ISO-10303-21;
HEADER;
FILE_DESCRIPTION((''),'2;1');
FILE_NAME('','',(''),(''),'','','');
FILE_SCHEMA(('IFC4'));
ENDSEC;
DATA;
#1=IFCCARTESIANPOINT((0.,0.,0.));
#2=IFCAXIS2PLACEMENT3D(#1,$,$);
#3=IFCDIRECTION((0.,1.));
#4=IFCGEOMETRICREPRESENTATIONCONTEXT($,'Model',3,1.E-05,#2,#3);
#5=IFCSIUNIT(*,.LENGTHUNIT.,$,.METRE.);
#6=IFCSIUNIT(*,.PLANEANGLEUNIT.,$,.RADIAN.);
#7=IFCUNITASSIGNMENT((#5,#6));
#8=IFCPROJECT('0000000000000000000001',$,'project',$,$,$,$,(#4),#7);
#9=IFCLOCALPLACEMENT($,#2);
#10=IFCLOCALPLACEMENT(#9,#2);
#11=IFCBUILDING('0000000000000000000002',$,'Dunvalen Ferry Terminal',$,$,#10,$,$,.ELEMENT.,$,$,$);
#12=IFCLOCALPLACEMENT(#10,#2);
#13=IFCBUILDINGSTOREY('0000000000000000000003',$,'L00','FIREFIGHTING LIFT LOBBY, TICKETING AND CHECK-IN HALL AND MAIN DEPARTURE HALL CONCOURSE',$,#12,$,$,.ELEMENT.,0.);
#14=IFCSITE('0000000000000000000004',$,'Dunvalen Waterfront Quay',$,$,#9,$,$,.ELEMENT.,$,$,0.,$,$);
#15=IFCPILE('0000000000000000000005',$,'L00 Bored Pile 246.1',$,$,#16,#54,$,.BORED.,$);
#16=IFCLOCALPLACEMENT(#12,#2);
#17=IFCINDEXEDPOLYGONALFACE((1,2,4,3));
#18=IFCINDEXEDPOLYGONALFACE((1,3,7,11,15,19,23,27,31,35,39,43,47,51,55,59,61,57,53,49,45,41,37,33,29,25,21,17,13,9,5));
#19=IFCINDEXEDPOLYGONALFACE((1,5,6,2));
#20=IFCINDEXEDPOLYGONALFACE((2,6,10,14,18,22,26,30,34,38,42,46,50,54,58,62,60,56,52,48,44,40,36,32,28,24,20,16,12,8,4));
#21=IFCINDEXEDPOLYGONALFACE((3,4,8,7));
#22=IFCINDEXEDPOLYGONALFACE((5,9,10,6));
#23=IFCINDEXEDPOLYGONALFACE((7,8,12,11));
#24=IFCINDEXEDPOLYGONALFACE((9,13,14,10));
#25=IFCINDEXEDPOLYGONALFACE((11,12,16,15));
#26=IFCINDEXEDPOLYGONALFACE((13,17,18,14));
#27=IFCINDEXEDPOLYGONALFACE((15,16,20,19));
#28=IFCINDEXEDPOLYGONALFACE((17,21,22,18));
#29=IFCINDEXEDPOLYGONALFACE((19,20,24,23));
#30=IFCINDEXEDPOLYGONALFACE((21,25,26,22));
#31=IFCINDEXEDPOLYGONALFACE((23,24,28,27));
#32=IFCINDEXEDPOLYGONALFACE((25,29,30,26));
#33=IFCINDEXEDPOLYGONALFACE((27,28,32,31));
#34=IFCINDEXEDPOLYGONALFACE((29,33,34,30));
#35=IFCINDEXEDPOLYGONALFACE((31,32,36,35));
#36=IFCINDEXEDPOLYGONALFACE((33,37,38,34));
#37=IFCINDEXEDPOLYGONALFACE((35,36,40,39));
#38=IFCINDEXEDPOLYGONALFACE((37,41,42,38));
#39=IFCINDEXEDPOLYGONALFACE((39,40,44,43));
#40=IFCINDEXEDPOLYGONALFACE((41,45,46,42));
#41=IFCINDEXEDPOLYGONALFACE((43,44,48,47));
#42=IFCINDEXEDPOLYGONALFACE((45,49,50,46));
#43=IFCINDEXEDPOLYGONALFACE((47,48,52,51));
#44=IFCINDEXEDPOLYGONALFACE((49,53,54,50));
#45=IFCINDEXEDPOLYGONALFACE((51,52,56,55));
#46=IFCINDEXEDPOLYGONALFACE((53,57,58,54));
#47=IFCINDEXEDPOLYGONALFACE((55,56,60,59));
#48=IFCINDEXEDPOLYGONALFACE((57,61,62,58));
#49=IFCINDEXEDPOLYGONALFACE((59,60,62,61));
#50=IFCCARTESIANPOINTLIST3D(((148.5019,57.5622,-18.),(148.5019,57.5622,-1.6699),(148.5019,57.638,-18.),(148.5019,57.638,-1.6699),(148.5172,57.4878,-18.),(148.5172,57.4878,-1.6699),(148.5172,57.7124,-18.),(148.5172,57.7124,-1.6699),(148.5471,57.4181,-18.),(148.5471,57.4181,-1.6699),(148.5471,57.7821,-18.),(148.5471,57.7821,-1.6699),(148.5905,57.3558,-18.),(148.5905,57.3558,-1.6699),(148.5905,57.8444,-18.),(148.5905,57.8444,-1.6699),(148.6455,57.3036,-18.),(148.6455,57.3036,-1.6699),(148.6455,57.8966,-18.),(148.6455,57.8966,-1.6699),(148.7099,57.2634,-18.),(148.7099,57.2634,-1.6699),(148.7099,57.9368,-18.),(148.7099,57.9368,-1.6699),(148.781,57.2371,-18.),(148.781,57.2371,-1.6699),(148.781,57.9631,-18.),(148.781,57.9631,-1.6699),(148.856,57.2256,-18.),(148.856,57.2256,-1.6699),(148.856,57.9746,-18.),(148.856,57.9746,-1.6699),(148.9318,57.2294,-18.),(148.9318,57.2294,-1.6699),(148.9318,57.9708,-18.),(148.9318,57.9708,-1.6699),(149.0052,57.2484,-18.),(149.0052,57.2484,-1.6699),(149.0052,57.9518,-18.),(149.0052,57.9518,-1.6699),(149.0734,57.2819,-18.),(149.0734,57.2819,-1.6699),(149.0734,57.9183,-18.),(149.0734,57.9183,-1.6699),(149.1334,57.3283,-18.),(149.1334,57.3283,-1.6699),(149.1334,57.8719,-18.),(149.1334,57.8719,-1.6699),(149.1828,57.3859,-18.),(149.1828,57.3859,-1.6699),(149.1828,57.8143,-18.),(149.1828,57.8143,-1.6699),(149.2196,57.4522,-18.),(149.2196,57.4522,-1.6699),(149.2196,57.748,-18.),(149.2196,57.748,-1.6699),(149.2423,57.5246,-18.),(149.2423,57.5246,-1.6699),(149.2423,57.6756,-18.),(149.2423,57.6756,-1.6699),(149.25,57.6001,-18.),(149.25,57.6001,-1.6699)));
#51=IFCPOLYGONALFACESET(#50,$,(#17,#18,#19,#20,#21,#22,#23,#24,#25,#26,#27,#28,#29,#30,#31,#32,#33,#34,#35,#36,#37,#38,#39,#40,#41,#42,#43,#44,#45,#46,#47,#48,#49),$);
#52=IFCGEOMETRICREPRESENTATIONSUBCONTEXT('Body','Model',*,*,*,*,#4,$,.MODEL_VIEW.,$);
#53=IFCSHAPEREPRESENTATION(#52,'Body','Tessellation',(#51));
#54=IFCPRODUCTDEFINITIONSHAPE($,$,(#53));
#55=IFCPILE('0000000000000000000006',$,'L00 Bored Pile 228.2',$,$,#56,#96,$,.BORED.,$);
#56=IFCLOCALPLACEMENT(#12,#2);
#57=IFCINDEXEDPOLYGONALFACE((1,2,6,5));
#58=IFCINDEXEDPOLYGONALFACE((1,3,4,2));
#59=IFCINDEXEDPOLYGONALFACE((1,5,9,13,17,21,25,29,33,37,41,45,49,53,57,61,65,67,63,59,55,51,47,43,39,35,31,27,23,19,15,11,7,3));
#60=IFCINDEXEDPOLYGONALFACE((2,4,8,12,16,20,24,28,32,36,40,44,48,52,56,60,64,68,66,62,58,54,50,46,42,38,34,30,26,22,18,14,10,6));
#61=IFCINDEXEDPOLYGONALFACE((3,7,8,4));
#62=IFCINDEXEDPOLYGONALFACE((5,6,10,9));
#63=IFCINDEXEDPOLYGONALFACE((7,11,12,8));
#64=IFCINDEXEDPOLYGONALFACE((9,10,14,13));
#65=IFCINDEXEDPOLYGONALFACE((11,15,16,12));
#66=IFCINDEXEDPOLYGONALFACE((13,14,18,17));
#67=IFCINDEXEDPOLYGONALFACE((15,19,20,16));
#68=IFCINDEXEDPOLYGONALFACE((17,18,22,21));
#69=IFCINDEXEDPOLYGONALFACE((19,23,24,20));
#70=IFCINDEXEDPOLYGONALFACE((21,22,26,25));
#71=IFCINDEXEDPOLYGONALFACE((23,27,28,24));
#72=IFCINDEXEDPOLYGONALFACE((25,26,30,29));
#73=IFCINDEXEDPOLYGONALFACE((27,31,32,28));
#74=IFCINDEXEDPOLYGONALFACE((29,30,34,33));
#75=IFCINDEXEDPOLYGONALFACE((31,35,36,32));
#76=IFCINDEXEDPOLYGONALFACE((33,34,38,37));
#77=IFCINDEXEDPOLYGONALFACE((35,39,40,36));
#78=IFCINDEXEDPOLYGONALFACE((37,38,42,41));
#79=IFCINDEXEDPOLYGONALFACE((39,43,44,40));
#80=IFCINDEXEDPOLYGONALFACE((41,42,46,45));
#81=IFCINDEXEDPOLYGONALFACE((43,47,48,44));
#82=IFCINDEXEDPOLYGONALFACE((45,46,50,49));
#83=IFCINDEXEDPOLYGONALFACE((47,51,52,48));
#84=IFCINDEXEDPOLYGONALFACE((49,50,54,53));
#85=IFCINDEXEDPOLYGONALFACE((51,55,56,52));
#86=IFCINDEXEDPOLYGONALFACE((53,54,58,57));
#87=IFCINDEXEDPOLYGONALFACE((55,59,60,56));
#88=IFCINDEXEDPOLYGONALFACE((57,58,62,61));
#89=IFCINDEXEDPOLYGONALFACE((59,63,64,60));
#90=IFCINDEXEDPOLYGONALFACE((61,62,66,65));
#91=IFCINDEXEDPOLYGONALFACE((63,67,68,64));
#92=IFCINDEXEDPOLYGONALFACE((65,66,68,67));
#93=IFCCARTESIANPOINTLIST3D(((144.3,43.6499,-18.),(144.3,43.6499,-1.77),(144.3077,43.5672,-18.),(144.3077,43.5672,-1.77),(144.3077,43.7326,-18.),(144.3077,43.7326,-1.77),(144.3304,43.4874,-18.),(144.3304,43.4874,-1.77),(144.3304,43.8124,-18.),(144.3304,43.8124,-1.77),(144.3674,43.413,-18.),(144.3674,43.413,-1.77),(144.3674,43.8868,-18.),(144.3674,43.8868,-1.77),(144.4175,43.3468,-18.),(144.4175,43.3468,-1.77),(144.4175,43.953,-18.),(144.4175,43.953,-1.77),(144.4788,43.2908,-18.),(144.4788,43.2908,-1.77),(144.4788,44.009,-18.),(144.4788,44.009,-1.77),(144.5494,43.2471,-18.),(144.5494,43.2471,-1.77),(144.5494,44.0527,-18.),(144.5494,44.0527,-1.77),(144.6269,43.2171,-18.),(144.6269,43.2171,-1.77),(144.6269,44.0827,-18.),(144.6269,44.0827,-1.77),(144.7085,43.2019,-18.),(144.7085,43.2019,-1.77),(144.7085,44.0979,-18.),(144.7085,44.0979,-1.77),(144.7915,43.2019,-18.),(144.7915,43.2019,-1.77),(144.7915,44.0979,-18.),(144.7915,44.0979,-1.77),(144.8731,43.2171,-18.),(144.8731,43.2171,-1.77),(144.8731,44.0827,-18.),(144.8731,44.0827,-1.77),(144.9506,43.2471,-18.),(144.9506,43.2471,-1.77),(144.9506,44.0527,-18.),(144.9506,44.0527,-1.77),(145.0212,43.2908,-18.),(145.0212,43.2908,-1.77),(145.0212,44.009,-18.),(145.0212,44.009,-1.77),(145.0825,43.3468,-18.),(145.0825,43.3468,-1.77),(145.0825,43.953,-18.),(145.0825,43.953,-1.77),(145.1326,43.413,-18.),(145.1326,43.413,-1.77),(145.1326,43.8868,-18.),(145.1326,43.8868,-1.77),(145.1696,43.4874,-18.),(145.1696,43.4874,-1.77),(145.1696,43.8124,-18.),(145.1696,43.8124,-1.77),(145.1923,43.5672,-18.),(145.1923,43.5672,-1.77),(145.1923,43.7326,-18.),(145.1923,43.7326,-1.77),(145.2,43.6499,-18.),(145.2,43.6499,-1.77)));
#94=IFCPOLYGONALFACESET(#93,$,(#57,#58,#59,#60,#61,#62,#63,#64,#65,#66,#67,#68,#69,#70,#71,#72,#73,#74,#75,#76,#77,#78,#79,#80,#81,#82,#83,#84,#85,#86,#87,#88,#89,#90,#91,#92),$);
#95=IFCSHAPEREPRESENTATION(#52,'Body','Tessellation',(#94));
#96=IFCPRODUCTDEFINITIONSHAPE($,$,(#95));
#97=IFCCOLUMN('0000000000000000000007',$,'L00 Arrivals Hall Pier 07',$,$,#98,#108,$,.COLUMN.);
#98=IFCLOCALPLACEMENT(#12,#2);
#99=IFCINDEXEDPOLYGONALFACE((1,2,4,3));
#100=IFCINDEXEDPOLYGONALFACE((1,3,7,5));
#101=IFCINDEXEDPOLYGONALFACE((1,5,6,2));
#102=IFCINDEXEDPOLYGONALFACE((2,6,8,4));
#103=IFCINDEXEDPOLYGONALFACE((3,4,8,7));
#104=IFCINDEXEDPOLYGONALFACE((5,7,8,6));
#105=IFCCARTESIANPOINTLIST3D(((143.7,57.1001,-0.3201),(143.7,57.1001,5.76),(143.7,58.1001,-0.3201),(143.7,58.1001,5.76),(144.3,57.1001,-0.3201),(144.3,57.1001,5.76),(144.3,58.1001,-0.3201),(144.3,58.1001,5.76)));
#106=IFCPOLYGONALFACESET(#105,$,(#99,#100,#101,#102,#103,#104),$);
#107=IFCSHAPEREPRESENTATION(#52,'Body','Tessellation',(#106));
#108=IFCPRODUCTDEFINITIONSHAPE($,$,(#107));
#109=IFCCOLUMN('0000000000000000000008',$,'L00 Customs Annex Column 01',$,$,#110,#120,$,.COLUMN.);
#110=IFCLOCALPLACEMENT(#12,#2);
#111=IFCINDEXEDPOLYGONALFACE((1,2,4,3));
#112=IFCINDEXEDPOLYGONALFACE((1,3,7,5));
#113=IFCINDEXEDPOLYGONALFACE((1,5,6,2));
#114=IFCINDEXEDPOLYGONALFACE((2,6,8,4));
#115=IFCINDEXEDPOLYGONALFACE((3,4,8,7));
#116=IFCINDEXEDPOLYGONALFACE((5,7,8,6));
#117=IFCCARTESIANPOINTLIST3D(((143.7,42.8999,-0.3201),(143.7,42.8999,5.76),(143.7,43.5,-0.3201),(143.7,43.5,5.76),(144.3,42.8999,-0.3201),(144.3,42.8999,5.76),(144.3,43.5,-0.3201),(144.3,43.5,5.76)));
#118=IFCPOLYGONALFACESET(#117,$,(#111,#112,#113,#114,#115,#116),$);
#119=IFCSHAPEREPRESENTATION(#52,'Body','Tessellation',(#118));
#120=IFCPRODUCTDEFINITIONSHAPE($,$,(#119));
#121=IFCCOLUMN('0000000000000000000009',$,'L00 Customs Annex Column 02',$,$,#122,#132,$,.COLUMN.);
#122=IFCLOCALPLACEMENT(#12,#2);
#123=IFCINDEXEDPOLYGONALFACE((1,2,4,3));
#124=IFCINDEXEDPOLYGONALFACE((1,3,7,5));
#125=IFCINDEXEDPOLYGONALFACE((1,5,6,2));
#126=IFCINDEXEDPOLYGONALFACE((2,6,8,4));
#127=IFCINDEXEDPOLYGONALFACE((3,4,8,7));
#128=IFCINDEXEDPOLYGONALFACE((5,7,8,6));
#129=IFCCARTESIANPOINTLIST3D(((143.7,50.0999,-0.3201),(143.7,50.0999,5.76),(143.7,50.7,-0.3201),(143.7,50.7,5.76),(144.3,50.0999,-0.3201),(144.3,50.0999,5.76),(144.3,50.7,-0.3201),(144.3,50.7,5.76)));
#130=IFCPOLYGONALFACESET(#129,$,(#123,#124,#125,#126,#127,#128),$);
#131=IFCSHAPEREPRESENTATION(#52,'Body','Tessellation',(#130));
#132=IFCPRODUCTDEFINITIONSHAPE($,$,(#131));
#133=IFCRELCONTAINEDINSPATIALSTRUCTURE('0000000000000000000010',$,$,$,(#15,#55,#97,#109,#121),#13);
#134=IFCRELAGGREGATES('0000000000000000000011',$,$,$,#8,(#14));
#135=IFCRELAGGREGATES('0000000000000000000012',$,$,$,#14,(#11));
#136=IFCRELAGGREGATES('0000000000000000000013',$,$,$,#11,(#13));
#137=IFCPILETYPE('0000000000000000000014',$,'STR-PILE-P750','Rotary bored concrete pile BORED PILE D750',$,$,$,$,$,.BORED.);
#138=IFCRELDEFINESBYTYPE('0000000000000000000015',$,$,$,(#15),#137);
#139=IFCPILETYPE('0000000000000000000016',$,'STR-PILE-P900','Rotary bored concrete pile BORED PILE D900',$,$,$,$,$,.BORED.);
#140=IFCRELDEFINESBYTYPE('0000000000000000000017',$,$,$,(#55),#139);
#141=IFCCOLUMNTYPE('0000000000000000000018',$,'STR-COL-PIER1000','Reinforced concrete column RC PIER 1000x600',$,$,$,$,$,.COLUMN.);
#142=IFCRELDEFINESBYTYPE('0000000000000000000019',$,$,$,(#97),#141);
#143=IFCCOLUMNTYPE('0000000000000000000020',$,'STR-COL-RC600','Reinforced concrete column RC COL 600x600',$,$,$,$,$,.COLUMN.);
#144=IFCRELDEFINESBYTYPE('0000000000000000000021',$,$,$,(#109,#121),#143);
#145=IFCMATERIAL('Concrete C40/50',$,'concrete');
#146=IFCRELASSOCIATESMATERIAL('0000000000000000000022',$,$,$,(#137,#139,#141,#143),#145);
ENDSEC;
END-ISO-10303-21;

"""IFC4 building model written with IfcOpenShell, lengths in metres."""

from ifc_helpers import new_model, si_unit, direction, frame, origin, origin_2d, place, context, subcontext, project, spatial, rectangle, circle, extrude, material, material_profile, profile_set, type_object, element, save


model = new_model("IFC4")

# Units and contexts
model_context = context("Model", 3, precision=1e-05, world=origin(), true_north=direction((0.0, 1.0)))
body_context = subcontext(model_context, "Body", "Model", "MODEL_VIEW")
ifc_project = project(units=[si_unit("LENGTHUNIT", "METRE"), si_unit("PLANEANGLEUNIT", "RADIAN")], contexts=[model_context])

# Site, building, storey
site_placement = place(None, origin())
site = spatial("IfcSite", under=ifc_project, at=site_placement, Name="Dunvalen Waterfront Quay", CompositionType="ELEMENT", RefElevation=0.0)
building_placement = place(site_placement, origin())
building = spatial("IfcBuilding", under=site, at=building_placement, Name="Dunvalen Ferry Terminal", CompositionType="ELEMENT")
storey_placement = place(building_placement, origin())
storey = spatial("IfcBuildingStorey", under=building, at=storey_placement, Name="L00", Description="FIREFIGHTING LIFT LOBBY, TICKETING AND CHECK-IN HALL AND MAIN DEPARTURE HALL CONCOURSE", CompositionType="ELEMENT", Elevation=0.0)

# Shared definitions
ifc_material_1 = material(Name="Concrete C40/50", Category="concrete")

# Piles
ifc_material_profile_1 = material_profile(ifc_material_1, circle(Radius=0.375, at=origin_2d()), Name="Concrete C40/50")
ifc_profile_set_1 = profile_set([ifc_material_profile_1], Name="Concrete C40/50")
pile_type_1 = type_object("IfcPileType", Name="STR-PILE-P750", Description="Rotary bored concrete pile BORED PILE D750", PredefinedType="BORED", material=ifc_profile_set_1)
pile_1_placement = place(storey_placement, frame((148.875, 57.6001, -1.6699), z_axis=(0.0, 0.0, -1.0), x_axis=(1.0, 0.0, 0.0)))
element("IfcPile", 1, at=pile_1_placement, inside=storey, type_object=pile_type_1, Name="L00 Bored Pile 246.1", PredefinedType="BORED", context=body_context, shape_type="SweptSolid", body=[
    extrude(circle(Radius=0.375, at=origin_2d()), origin(), (0.0, 0.0, 1.0), 16.3301),
])
ifc_material_profile_2 = material_profile(ifc_material_1, circle(Radius=0.45, at=origin_2d()), Name="Concrete C40/50")
ifc_profile_set_2 = profile_set([ifc_material_profile_2], Name="Concrete C40/50")
pile_type_2 = type_object("IfcPileType", Name="STR-PILE-P900", Description="Rotary bored concrete pile BORED PILE D900", PredefinedType="BORED", material=ifc_profile_set_2)
pile_2_placement = place(storey_placement, frame((144.75, 43.6499, -1.77), z_axis=(0.0, 0.0, -1.0), x_axis=(1.0, 0.0, 0.0)))
element("IfcPile", 2, at=pile_2_placement, inside=storey, type_object=pile_type_2, Name="L00 Bored Pile 228.2", PredefinedType="BORED", context=body_context, shape_type="SweptSolid", body=[
    extrude(circle(Radius=0.45, at=origin_2d()), origin(), (0.0, 0.0, 1.0), 16.23),
])

# Columns
ifc_material_profile_3 = material_profile(ifc_material_1, rectangle(XDim=0.6001, YDim=1.0, at=origin_2d()), Name="Concrete C40/50")
ifc_profile_set_3 = profile_set([ifc_material_profile_3], Name="Concrete C40/50")
column_type_1 = type_object("IfcColumnType", Name="STR-COL-PIER1000", Description="Reinforced concrete column RC PIER 1000x600", PredefinedType="COLUMN", material=ifc_profile_set_3)
column_placement = place(storey_placement, frame((144.0, 57.6001, -0.3201), z_axis=(0.0, 0.0, 1.0), x_axis=(1.0, 0.0, 0.0)))
element("IfcColumn", 3, at=column_placement, inside=storey, type_object=column_type_1, Name="L00 Arrivals Hall Pier 07", PredefinedType="COLUMN", context=body_context, shape_type="SweptSolid", body=[
    extrude(rectangle(XDim=0.6001, YDim=1.0, at=origin_2d()), origin(), (0.0, 0.0, 1.0), 6.0801),
])
ifc_material_profile_4 = material_profile(ifc_material_1, rectangle(XDim=0.6001, YDim=0.6001, at=origin_2d()), Name="Concrete C40/50")
ifc_profile_set_4 = profile_set([ifc_material_profile_4], Name="Concrete C40/50")
column_type_2 = type_object("IfcColumnType", Name="STR-COL-RC600", Description="Reinforced concrete column RC COL 600x600", PredefinedType="COLUMN", material=ifc_profile_set_4)
for number, where, z_axis, x_axis, name in (
    (4, (144.0, 43.2, -0.3201), (0.0, 0.0, 1.0), (1.0, 0.0, 0.0), "L00 Customs Annex Column 01"),
    (5, (144.0, 50.3999, -0.3201), (0.0, 0.0, 1.0), (1.0, 0.0, 0.0), "L00 Customs Annex Column 02"),
):
    element("IfcColumn", number, at=place(storey_placement, frame(where, z_axis=z_axis, x_axis=x_axis)), inside=storey, type_object=column_type_2, Name=name, PredefinedType="COLUMN", context=body_context, shape_type="SweptSolid", body=[
        extrude(rectangle(XDim=0.6001, YDim=0.6001, at=origin_2d()), origin(), (0.0, 0.0, 1.0), 6.0801),
    ])

save(model, "model.ifc")
